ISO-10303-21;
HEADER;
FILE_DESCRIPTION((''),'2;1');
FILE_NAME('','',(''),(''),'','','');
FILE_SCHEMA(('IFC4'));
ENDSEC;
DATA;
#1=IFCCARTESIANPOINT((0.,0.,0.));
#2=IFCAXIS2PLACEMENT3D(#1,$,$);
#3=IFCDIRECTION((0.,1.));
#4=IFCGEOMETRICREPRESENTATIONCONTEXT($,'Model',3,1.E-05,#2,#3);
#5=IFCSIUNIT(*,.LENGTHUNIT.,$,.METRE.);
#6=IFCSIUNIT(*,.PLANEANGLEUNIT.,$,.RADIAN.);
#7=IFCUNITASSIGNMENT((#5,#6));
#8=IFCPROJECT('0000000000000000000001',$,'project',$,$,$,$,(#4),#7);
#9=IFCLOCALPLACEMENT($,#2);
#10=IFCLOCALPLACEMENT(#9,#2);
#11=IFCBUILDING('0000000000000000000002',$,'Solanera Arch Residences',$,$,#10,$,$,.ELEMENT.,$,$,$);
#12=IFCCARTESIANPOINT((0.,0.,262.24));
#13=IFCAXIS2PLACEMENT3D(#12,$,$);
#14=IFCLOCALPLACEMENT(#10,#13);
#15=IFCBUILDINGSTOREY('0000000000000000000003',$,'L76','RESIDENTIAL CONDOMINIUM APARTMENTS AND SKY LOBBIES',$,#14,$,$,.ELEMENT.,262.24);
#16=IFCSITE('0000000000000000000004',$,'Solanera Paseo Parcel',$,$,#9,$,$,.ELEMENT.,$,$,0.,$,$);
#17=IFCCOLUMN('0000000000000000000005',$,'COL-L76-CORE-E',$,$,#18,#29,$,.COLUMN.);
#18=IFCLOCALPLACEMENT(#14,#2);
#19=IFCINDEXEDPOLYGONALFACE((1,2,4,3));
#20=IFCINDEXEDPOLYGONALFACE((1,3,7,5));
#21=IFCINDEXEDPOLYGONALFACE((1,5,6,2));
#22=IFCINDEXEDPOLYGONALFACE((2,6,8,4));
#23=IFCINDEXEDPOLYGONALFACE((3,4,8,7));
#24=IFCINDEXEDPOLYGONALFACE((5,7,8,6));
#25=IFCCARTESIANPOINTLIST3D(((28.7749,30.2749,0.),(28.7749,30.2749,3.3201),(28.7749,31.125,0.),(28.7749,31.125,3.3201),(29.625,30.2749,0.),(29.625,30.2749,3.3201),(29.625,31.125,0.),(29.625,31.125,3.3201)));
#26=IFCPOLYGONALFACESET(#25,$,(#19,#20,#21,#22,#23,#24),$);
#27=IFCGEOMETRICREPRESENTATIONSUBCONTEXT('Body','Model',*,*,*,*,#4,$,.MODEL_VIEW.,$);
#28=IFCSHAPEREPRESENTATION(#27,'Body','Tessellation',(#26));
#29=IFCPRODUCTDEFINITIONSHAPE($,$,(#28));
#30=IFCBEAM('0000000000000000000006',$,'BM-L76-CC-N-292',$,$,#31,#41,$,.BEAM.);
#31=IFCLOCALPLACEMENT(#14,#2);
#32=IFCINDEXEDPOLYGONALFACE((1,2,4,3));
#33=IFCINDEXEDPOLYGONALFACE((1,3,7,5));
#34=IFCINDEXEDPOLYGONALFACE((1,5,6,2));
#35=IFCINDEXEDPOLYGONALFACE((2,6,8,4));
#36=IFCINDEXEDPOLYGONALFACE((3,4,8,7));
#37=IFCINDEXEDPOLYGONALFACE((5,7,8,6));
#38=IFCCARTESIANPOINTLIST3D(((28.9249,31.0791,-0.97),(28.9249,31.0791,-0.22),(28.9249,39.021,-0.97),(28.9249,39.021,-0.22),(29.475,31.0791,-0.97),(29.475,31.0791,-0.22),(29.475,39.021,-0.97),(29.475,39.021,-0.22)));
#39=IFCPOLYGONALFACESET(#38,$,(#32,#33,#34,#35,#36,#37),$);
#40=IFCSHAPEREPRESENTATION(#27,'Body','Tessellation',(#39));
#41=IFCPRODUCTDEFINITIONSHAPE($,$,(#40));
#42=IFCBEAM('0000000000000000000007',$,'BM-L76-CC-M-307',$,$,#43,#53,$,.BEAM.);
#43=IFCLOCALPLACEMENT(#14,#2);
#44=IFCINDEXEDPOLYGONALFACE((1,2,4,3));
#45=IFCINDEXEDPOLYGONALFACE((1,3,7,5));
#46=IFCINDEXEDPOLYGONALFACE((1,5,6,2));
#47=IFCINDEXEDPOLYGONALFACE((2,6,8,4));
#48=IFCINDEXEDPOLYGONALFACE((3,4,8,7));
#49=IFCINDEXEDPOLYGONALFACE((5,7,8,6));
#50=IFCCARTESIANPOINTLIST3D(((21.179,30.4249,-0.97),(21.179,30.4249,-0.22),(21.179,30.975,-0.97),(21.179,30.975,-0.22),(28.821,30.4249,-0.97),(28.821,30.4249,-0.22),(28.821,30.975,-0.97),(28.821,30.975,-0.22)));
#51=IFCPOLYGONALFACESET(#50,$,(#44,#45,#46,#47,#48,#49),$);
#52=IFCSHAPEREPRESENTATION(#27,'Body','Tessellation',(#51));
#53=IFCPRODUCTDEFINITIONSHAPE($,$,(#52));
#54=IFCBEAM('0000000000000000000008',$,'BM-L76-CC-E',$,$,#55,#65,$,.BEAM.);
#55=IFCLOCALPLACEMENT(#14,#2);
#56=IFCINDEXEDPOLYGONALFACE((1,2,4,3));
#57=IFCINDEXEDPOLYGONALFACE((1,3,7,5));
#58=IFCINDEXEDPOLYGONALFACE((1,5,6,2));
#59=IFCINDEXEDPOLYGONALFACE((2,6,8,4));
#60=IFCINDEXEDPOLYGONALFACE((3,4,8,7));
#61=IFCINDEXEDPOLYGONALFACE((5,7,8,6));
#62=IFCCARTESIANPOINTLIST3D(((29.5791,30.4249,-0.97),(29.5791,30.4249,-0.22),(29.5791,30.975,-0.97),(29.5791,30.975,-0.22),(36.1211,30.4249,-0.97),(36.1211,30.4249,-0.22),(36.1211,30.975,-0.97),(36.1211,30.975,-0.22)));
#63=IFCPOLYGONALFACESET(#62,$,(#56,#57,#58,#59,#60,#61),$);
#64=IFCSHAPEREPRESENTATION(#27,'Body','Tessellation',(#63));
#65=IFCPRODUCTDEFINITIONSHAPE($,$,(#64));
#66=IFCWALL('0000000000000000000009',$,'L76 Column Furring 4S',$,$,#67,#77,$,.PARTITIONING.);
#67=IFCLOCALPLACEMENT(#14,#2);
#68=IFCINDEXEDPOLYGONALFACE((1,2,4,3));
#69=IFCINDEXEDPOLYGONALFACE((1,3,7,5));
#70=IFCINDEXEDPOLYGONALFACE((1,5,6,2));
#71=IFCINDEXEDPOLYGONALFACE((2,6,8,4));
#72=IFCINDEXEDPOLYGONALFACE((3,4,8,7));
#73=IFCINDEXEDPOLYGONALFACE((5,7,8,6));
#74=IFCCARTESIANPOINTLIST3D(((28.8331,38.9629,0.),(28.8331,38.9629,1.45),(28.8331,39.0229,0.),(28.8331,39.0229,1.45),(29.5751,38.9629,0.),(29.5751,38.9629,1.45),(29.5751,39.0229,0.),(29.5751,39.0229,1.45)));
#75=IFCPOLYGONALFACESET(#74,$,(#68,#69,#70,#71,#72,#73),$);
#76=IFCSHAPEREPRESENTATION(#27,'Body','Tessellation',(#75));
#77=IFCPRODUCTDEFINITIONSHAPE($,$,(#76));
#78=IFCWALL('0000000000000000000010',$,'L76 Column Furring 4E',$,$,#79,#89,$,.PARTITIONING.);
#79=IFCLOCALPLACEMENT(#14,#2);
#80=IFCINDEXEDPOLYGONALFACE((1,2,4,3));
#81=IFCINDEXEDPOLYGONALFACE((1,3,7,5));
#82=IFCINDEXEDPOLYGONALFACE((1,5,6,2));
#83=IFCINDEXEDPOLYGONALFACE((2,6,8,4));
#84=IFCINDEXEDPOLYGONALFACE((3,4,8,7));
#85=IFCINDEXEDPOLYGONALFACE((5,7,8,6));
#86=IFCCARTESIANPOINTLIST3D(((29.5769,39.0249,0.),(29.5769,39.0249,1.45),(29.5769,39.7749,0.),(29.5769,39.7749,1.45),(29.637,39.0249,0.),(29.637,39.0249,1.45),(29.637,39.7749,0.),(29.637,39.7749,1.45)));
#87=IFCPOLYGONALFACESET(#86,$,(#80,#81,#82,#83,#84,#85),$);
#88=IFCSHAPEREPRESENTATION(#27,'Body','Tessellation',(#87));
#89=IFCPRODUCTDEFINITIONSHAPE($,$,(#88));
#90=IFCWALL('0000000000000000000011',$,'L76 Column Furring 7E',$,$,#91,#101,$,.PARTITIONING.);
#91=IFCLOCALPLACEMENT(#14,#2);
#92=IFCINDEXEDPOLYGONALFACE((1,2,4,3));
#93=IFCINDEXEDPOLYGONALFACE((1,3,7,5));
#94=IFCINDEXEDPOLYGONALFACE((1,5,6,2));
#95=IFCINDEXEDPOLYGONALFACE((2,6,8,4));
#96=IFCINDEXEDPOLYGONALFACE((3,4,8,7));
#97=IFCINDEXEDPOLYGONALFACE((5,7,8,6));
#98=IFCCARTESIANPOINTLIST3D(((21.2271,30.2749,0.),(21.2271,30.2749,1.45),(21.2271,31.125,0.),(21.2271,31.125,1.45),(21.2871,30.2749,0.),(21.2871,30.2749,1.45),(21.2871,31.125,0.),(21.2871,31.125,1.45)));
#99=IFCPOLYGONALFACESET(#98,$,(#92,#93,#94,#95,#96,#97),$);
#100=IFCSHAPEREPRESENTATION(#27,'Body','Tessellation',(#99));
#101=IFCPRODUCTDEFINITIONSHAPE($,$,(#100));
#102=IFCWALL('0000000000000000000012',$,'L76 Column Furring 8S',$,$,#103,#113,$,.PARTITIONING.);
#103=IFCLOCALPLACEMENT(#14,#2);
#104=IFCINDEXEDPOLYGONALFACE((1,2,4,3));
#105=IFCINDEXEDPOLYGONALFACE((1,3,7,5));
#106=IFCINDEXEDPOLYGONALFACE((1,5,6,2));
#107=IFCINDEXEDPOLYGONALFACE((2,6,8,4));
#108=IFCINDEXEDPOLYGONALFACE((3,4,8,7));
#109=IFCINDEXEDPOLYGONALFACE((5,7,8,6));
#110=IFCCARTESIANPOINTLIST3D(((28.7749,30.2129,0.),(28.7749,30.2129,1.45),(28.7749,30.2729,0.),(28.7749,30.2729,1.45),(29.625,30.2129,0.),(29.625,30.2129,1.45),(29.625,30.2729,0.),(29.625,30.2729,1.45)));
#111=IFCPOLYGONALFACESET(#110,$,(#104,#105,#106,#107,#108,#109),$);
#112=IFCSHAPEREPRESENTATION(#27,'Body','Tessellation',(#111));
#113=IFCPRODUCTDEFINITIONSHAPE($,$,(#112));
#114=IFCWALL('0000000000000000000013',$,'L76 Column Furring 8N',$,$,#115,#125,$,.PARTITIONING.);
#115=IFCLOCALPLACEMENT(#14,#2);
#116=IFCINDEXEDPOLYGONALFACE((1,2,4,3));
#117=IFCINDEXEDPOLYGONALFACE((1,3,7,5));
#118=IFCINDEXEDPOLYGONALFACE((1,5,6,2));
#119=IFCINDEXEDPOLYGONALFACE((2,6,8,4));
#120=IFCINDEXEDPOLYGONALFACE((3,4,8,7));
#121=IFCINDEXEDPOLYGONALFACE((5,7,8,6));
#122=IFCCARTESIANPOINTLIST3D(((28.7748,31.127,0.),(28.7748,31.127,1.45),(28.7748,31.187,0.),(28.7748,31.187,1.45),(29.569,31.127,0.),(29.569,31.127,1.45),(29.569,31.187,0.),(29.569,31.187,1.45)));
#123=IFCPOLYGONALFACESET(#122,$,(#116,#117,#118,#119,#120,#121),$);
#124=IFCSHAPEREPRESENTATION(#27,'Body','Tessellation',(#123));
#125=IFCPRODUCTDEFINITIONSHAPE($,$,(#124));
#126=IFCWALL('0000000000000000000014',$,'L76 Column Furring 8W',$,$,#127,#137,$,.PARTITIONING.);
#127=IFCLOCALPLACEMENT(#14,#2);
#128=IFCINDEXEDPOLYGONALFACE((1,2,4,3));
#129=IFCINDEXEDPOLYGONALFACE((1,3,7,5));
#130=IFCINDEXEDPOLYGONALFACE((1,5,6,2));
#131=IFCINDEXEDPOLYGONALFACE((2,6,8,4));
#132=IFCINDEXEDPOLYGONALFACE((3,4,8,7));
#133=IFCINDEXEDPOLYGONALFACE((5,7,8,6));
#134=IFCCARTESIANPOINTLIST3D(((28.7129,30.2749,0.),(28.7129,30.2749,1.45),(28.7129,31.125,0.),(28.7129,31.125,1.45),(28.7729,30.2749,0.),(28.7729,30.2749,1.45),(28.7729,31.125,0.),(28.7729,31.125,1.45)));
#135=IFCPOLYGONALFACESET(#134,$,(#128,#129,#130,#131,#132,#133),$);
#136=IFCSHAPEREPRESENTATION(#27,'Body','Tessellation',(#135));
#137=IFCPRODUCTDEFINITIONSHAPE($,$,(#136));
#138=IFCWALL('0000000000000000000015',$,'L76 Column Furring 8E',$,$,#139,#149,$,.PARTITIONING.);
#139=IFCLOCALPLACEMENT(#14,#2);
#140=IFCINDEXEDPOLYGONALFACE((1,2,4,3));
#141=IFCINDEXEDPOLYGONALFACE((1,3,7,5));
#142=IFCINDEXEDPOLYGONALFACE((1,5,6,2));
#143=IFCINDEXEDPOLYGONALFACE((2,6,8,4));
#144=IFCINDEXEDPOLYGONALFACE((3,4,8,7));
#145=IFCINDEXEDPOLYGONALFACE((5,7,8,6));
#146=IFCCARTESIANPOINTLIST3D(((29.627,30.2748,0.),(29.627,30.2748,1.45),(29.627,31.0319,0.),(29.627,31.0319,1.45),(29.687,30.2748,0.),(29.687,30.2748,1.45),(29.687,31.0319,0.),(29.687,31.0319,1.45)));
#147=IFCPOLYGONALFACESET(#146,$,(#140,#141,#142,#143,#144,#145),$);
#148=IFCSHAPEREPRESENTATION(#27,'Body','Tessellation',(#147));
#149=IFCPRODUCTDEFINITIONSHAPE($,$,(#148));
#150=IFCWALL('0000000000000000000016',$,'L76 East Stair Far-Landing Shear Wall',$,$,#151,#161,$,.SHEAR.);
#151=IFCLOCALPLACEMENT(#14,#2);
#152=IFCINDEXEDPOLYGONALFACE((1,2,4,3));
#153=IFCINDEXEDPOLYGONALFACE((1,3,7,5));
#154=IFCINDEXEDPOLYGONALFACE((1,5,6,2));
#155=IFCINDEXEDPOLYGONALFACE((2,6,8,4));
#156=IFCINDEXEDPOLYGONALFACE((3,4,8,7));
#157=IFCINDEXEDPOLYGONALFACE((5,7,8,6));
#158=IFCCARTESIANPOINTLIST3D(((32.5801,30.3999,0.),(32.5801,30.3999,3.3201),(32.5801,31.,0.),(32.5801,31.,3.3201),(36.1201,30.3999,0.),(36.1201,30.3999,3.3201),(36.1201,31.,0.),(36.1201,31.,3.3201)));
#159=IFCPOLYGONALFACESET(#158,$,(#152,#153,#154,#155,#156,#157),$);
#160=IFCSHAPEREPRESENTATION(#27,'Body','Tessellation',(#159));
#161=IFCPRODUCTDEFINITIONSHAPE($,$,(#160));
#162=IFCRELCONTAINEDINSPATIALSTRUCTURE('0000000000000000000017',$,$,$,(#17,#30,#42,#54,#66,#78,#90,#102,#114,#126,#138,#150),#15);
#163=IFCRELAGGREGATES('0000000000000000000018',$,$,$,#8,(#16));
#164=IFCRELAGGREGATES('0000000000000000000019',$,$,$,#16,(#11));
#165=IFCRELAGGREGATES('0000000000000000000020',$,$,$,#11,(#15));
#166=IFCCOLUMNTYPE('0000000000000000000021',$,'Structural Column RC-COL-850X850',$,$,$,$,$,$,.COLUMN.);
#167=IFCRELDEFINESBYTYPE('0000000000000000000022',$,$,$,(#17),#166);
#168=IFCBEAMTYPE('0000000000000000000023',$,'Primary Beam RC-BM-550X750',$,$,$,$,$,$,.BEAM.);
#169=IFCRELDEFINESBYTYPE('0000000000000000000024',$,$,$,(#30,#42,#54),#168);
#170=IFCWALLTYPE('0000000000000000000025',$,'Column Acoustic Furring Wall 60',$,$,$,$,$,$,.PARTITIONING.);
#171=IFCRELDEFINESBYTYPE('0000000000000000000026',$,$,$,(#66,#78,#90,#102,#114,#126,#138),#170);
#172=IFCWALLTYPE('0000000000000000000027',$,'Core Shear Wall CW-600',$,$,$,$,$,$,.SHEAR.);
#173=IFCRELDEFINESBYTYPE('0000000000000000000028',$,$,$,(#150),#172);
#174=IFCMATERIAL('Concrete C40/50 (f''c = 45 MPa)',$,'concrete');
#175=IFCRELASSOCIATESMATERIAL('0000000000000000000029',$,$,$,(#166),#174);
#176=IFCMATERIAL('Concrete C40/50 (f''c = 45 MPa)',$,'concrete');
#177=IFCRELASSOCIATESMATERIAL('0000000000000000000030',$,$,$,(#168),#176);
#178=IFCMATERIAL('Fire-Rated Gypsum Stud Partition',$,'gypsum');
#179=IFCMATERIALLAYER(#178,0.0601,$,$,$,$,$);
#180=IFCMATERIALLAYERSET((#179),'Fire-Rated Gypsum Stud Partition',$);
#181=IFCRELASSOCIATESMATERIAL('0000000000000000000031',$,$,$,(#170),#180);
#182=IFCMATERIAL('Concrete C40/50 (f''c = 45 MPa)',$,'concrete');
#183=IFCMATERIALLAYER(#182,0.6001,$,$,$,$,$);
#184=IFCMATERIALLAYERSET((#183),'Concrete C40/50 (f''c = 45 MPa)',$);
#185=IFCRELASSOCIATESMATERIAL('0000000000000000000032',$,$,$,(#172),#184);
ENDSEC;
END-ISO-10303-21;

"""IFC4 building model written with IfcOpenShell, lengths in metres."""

from ifc_helpers import new_model, si_unit, direction, frame, frame_2d, origin, origin_2d, place, context, subcontext, project, spatial, rectangle, extrude, material, layer, layer_set, material_profile, profile_set, type_object, element, save


model = new_model("IFC4")

# Units and contexts
model_context = context("Model", 3, precision=1e-05, world=origin(), true_north=direction((0.0, 1.0)))
body_context = subcontext(model_context, "Body", "Model", "MODEL_VIEW")
ifc_project = project(units=[si_unit("LENGTHUNIT", "METRE"), si_unit("PLANEANGLEUNIT", "RADIAN")], contexts=[model_context])

# Site, building, storey
site_placement = place(None, origin())
site = spatial("IfcSite", under=ifc_project, at=site_placement, Name="Solanera Paseo Parcel", CompositionType="ELEMENT", RefElevation=0.0)
building_placement = place(site_placement, origin())
building = spatial("IfcBuilding", under=site, at=building_placement, Name="Solanera Arch Residences", CompositionType="ELEMENT")
storey_placement = place(building_placement, frame((0.0, 0.0, 262.24)))
storey = spatial("IfcBuildingStorey", under=building, at=storey_placement, Name="L76", Description="RESIDENTIAL CONDOMINIUM APARTMENTS AND SKY LOBBIES", CompositionType="ELEMENT", Elevation=262.24)

# Column
ifc_material_1 = material(Name="Concrete C40/50 (f'c = 45 MPa)", Category="concrete")
ifc_material_profile_1 = material_profile(ifc_material_1, rectangle(XDim=0.8501, YDim=0.8501, at=origin_2d()))
ifc_profile_set_1 = profile_set([ifc_material_profile_1], Name="Concrete C40/50 (f'c = 45 MPa)")
column_type = type_object("IfcColumnType", Name="Structural Column RC-COL-850X850", PredefinedType="COLUMN", material=ifc_profile_set_1)
column_placement = place(storey_placement, frame((29.2, 30.7, 0.0), z_axis=(0.0, 0.0, 1.0), x_axis=(1.0, 0.0, 0.0)))
element("IfcColumn", 1, at=column_placement, inside=storey, type_object=column_type, Name="COL-L76-CORE-E", PredefinedType="COLUMN", context=body_context, shape_type="SweptSolid", body=[
    extrude(rectangle(XDim=0.8501, YDim=0.8501, at=origin_2d()), origin(), (0.0, 0.0, 1.0), 3.3201),
])

# Beams
ifc_material_2 = material(Name="Concrete C40/50 (f'c = 45 MPa)", Category="concrete")
ifc_material_profile_2 = material_profile(ifc_material_2, rectangle(XDim=0.55, YDim=0.75, at=origin_2d()))
ifc_profile_set_2 = profile_set([ifc_material_profile_2], Name="Concrete C40/50 (f'c = 45 MPa)")
beam_type = type_object("IfcBeamType", Name="Primary Beam RC-BM-550X750", PredefinedType="BEAM", material=ifc_profile_set_2)
beam_1_placement = place(storey_placement, frame((29.2, 31.0791, -0.595), z_axis=(0.0, 1.0, 0.0), x_axis=(-1.0, 0.0, 0.0)))
element("IfcBeam", 2, at=beam_1_placement, inside=storey, type_object=beam_type, Name="BM-L76-CC-N-292", PredefinedType="BEAM", context=body_context, shape_type="SweptSolid", body=[
    extrude(rectangle(XDim=0.55, YDim=0.75, at=origin_2d()), origin(), (0.0, 0.0, 1.0), 7.9419),
])
beam_2_placement = place(storey_placement, frame((21.179, 30.7, -0.595), z_axis=(1.0, 0.0, 0.0), x_axis=(0.0, 1.0, 0.0)))
element("IfcBeam", 3, at=beam_2_placement, inside=storey, type_object=beam_type, Name="BM-L76-CC-M-307", PredefinedType="BEAM", context=body_context, shape_type="SweptSolid", body=[
    extrude(rectangle(XDim=0.55, YDim=0.75, at=origin_2d()), origin(), (0.0, 0.0, 1.0), 7.6421),
])
beam_3_placement = place(storey_placement, frame((29.5791, 30.7, -0.595), z_axis=(1.0, 0.0, 0.0), x_axis=(0.0, 1.0, 0.0)))
element("IfcBeam", 4, at=beam_3_placement, inside=storey, type_object=beam_type, Name="BM-L76-CC-E", PredefinedType="BEAM", context=body_context, shape_type="SweptSolid", body=[
    extrude(rectangle(XDim=0.55, YDim=0.75, at=origin_2d()), origin(), (0.0, 0.0, 1.0), 6.542),
])

# Walls
ifc_material_3 = material(Name="Fire-Rated Gypsum Stud Partition", Category="gypsum")
ifc_layer_1 = layer(ifc_material_3, 0.0601)
ifc_layer_set_1 = layer_set([ifc_layer_1], Name="Fire-Rated Gypsum Stud Partition")
wall_type_1 = type_object("IfcWallType", Name="Column Acoustic Furring Wall 60", PredefinedType="PARTITIONING", material=ifc_layer_set_1)
wall_1_placement = place(storey_placement, frame((28.833, 38.9929, 0.0), z_axis=(0.0, 0.0, 1.0), x_axis=(1.0, 0.0, 0.0)))
element("IfcWall", 5, at=wall_1_placement, inside=storey, type_object=wall_type_1, Name="L76 Column Furring 4S", PredefinedType="PARTITIONING", context=body_context, shape_type="SweptSolid", body=[
    extrude(rectangle(XDim=0.7419, YDim=0.0601, at=frame_2d((0.3711, 0.0))), origin(), (0.0, 0.0, 1.0), 1.45),
])
wall_2_placement = place(storey_placement, frame((29.6069, 39.0249, 0.0), z_axis=(0.0, 0.0, 1.0), x_axis=(0.0, 1.0, 0.0)))
element("IfcWall", 6, at=wall_2_placement, inside=storey, type_object=wall_type_1, Name="L76 Column Furring 4E", PredefinedType="PARTITIONING", context=body_context, shape_type="SweptSolid", body=[
    extrude(rectangle(XDim=0.75, YDim=0.0601, at=frame_2d((0.375, 0.0))), origin(), (0.0, 0.0, 1.0), 1.45),
])
for number, where, z_axis, x_axis, name in (
    (7, (21.2571, 30.2749, 0.0), (0.0, 0.0, 1.0), (0.0, 1.0, 0.0), "L76 Column Furring 7E"),
    (8, (28.7749, 30.2429, 0.0), (0.0, 0.0, 1.0), (1.0, 0.0, 0.0), "L76 Column Furring 8S"),
):
    element("IfcWall", number, at=place(storey_placement, frame(where, z_axis=z_axis, x_axis=x_axis)), inside=storey, type_object=wall_type_1, Name=name, PredefinedType="PARTITIONING", context=body_context, shape_type="SweptSolid", body=[
        extrude(rectangle(XDim=0.8501, YDim=0.0601, at=frame_2d((0.425, 0.0))), origin(), (0.0, 0.0, 1.0), 1.45),
    ])
wall_3_placement = place(storey_placement, frame((28.7749, 31.157, 0.0), z_axis=(0.0, 0.0, 1.0), x_axis=(1.0, 0.0, 0.0)))
element("IfcWall", 9, at=wall_3_placement, inside=storey, type_object=wall_type_1, Name="L76 Column Furring 8N", PredefinedType="PARTITIONING", context=body_context, shape_type="SweptSolid", body=[
    extrude(rectangle(XDim=0.7942, YDim=0.0601, at=frame_2d((0.397, 0.0))), origin(), (0.0, 0.0, 1.0), 1.45),
])
wall_4_placement = place(storey_placement, frame((28.7429, 30.2749, 0.0), z_axis=(0.0, 0.0, 1.0), x_axis=(0.0, 1.0, 0.0)))
element("IfcWall", 10, at=wall_4_placement, inside=storey, type_object=wall_type_1, Name="L76 Column Furring 8W", PredefinedType="PARTITIONING", context=body_context, shape_type="SweptSolid", body=[
    extrude(rectangle(XDim=0.8501, YDim=0.0601, at=frame_2d((0.425, 0.0))), origin(), (0.0, 0.0, 1.0), 1.45),
])
wall_5_placement = place(storey_placement, frame((29.657, 30.2749, 0.0), z_axis=(0.0, 0.0, 1.0), x_axis=(0.0, 1.0, 0.0)))
element("IfcWall", 11, at=wall_5_placement, inside=storey, type_object=wall_type_1, Name="L76 Column Furring 8E", PredefinedType="PARTITIONING", context=body_context, shape_type="SweptSolid", body=[
    extrude(rectangle(XDim=0.7571, YDim=0.0601, at=frame_2d((0.3784, 0.0))), origin(), (0.0, 0.0, 1.0), 1.45),
])

# Wall
ifc_material_4 = material(Name="Concrete C40/50 (f'c = 45 MPa)", Category="concrete")
ifc_layer_2 = layer(ifc_material_4, 0.6001)
ifc_layer_set_2 = layer_set([ifc_layer_2], Name="Concrete C40/50 (f'c = 45 MPa)")
wall_type_2 = type_object("IfcWallType", Name="Core Shear Wall CW-600", PredefinedType="SHEAR", material=ifc_layer_set_2)
wall_6_placement = place(storey_placement, frame((32.5801, 30.7, 0.0), z_axis=(0.0, 0.0, 1.0), x_axis=(1.0, 0.0, 0.0)))
element("IfcWall", 12, at=wall_6_placement, inside=storey, type_object=wall_type_2, Name="L76 East Stair Far-Landing Shear Wall", PredefinedType="SHEAR", context=body_context, shape_type="SweptSolid", body=[
    extrude(rectangle(XDim=3.54, YDim=0.6001, at=frame_2d((1.77, 0.0))), origin(), (0.0, 0.0, 1.0), 3.3201),
])

save(model, "model.ifc")
